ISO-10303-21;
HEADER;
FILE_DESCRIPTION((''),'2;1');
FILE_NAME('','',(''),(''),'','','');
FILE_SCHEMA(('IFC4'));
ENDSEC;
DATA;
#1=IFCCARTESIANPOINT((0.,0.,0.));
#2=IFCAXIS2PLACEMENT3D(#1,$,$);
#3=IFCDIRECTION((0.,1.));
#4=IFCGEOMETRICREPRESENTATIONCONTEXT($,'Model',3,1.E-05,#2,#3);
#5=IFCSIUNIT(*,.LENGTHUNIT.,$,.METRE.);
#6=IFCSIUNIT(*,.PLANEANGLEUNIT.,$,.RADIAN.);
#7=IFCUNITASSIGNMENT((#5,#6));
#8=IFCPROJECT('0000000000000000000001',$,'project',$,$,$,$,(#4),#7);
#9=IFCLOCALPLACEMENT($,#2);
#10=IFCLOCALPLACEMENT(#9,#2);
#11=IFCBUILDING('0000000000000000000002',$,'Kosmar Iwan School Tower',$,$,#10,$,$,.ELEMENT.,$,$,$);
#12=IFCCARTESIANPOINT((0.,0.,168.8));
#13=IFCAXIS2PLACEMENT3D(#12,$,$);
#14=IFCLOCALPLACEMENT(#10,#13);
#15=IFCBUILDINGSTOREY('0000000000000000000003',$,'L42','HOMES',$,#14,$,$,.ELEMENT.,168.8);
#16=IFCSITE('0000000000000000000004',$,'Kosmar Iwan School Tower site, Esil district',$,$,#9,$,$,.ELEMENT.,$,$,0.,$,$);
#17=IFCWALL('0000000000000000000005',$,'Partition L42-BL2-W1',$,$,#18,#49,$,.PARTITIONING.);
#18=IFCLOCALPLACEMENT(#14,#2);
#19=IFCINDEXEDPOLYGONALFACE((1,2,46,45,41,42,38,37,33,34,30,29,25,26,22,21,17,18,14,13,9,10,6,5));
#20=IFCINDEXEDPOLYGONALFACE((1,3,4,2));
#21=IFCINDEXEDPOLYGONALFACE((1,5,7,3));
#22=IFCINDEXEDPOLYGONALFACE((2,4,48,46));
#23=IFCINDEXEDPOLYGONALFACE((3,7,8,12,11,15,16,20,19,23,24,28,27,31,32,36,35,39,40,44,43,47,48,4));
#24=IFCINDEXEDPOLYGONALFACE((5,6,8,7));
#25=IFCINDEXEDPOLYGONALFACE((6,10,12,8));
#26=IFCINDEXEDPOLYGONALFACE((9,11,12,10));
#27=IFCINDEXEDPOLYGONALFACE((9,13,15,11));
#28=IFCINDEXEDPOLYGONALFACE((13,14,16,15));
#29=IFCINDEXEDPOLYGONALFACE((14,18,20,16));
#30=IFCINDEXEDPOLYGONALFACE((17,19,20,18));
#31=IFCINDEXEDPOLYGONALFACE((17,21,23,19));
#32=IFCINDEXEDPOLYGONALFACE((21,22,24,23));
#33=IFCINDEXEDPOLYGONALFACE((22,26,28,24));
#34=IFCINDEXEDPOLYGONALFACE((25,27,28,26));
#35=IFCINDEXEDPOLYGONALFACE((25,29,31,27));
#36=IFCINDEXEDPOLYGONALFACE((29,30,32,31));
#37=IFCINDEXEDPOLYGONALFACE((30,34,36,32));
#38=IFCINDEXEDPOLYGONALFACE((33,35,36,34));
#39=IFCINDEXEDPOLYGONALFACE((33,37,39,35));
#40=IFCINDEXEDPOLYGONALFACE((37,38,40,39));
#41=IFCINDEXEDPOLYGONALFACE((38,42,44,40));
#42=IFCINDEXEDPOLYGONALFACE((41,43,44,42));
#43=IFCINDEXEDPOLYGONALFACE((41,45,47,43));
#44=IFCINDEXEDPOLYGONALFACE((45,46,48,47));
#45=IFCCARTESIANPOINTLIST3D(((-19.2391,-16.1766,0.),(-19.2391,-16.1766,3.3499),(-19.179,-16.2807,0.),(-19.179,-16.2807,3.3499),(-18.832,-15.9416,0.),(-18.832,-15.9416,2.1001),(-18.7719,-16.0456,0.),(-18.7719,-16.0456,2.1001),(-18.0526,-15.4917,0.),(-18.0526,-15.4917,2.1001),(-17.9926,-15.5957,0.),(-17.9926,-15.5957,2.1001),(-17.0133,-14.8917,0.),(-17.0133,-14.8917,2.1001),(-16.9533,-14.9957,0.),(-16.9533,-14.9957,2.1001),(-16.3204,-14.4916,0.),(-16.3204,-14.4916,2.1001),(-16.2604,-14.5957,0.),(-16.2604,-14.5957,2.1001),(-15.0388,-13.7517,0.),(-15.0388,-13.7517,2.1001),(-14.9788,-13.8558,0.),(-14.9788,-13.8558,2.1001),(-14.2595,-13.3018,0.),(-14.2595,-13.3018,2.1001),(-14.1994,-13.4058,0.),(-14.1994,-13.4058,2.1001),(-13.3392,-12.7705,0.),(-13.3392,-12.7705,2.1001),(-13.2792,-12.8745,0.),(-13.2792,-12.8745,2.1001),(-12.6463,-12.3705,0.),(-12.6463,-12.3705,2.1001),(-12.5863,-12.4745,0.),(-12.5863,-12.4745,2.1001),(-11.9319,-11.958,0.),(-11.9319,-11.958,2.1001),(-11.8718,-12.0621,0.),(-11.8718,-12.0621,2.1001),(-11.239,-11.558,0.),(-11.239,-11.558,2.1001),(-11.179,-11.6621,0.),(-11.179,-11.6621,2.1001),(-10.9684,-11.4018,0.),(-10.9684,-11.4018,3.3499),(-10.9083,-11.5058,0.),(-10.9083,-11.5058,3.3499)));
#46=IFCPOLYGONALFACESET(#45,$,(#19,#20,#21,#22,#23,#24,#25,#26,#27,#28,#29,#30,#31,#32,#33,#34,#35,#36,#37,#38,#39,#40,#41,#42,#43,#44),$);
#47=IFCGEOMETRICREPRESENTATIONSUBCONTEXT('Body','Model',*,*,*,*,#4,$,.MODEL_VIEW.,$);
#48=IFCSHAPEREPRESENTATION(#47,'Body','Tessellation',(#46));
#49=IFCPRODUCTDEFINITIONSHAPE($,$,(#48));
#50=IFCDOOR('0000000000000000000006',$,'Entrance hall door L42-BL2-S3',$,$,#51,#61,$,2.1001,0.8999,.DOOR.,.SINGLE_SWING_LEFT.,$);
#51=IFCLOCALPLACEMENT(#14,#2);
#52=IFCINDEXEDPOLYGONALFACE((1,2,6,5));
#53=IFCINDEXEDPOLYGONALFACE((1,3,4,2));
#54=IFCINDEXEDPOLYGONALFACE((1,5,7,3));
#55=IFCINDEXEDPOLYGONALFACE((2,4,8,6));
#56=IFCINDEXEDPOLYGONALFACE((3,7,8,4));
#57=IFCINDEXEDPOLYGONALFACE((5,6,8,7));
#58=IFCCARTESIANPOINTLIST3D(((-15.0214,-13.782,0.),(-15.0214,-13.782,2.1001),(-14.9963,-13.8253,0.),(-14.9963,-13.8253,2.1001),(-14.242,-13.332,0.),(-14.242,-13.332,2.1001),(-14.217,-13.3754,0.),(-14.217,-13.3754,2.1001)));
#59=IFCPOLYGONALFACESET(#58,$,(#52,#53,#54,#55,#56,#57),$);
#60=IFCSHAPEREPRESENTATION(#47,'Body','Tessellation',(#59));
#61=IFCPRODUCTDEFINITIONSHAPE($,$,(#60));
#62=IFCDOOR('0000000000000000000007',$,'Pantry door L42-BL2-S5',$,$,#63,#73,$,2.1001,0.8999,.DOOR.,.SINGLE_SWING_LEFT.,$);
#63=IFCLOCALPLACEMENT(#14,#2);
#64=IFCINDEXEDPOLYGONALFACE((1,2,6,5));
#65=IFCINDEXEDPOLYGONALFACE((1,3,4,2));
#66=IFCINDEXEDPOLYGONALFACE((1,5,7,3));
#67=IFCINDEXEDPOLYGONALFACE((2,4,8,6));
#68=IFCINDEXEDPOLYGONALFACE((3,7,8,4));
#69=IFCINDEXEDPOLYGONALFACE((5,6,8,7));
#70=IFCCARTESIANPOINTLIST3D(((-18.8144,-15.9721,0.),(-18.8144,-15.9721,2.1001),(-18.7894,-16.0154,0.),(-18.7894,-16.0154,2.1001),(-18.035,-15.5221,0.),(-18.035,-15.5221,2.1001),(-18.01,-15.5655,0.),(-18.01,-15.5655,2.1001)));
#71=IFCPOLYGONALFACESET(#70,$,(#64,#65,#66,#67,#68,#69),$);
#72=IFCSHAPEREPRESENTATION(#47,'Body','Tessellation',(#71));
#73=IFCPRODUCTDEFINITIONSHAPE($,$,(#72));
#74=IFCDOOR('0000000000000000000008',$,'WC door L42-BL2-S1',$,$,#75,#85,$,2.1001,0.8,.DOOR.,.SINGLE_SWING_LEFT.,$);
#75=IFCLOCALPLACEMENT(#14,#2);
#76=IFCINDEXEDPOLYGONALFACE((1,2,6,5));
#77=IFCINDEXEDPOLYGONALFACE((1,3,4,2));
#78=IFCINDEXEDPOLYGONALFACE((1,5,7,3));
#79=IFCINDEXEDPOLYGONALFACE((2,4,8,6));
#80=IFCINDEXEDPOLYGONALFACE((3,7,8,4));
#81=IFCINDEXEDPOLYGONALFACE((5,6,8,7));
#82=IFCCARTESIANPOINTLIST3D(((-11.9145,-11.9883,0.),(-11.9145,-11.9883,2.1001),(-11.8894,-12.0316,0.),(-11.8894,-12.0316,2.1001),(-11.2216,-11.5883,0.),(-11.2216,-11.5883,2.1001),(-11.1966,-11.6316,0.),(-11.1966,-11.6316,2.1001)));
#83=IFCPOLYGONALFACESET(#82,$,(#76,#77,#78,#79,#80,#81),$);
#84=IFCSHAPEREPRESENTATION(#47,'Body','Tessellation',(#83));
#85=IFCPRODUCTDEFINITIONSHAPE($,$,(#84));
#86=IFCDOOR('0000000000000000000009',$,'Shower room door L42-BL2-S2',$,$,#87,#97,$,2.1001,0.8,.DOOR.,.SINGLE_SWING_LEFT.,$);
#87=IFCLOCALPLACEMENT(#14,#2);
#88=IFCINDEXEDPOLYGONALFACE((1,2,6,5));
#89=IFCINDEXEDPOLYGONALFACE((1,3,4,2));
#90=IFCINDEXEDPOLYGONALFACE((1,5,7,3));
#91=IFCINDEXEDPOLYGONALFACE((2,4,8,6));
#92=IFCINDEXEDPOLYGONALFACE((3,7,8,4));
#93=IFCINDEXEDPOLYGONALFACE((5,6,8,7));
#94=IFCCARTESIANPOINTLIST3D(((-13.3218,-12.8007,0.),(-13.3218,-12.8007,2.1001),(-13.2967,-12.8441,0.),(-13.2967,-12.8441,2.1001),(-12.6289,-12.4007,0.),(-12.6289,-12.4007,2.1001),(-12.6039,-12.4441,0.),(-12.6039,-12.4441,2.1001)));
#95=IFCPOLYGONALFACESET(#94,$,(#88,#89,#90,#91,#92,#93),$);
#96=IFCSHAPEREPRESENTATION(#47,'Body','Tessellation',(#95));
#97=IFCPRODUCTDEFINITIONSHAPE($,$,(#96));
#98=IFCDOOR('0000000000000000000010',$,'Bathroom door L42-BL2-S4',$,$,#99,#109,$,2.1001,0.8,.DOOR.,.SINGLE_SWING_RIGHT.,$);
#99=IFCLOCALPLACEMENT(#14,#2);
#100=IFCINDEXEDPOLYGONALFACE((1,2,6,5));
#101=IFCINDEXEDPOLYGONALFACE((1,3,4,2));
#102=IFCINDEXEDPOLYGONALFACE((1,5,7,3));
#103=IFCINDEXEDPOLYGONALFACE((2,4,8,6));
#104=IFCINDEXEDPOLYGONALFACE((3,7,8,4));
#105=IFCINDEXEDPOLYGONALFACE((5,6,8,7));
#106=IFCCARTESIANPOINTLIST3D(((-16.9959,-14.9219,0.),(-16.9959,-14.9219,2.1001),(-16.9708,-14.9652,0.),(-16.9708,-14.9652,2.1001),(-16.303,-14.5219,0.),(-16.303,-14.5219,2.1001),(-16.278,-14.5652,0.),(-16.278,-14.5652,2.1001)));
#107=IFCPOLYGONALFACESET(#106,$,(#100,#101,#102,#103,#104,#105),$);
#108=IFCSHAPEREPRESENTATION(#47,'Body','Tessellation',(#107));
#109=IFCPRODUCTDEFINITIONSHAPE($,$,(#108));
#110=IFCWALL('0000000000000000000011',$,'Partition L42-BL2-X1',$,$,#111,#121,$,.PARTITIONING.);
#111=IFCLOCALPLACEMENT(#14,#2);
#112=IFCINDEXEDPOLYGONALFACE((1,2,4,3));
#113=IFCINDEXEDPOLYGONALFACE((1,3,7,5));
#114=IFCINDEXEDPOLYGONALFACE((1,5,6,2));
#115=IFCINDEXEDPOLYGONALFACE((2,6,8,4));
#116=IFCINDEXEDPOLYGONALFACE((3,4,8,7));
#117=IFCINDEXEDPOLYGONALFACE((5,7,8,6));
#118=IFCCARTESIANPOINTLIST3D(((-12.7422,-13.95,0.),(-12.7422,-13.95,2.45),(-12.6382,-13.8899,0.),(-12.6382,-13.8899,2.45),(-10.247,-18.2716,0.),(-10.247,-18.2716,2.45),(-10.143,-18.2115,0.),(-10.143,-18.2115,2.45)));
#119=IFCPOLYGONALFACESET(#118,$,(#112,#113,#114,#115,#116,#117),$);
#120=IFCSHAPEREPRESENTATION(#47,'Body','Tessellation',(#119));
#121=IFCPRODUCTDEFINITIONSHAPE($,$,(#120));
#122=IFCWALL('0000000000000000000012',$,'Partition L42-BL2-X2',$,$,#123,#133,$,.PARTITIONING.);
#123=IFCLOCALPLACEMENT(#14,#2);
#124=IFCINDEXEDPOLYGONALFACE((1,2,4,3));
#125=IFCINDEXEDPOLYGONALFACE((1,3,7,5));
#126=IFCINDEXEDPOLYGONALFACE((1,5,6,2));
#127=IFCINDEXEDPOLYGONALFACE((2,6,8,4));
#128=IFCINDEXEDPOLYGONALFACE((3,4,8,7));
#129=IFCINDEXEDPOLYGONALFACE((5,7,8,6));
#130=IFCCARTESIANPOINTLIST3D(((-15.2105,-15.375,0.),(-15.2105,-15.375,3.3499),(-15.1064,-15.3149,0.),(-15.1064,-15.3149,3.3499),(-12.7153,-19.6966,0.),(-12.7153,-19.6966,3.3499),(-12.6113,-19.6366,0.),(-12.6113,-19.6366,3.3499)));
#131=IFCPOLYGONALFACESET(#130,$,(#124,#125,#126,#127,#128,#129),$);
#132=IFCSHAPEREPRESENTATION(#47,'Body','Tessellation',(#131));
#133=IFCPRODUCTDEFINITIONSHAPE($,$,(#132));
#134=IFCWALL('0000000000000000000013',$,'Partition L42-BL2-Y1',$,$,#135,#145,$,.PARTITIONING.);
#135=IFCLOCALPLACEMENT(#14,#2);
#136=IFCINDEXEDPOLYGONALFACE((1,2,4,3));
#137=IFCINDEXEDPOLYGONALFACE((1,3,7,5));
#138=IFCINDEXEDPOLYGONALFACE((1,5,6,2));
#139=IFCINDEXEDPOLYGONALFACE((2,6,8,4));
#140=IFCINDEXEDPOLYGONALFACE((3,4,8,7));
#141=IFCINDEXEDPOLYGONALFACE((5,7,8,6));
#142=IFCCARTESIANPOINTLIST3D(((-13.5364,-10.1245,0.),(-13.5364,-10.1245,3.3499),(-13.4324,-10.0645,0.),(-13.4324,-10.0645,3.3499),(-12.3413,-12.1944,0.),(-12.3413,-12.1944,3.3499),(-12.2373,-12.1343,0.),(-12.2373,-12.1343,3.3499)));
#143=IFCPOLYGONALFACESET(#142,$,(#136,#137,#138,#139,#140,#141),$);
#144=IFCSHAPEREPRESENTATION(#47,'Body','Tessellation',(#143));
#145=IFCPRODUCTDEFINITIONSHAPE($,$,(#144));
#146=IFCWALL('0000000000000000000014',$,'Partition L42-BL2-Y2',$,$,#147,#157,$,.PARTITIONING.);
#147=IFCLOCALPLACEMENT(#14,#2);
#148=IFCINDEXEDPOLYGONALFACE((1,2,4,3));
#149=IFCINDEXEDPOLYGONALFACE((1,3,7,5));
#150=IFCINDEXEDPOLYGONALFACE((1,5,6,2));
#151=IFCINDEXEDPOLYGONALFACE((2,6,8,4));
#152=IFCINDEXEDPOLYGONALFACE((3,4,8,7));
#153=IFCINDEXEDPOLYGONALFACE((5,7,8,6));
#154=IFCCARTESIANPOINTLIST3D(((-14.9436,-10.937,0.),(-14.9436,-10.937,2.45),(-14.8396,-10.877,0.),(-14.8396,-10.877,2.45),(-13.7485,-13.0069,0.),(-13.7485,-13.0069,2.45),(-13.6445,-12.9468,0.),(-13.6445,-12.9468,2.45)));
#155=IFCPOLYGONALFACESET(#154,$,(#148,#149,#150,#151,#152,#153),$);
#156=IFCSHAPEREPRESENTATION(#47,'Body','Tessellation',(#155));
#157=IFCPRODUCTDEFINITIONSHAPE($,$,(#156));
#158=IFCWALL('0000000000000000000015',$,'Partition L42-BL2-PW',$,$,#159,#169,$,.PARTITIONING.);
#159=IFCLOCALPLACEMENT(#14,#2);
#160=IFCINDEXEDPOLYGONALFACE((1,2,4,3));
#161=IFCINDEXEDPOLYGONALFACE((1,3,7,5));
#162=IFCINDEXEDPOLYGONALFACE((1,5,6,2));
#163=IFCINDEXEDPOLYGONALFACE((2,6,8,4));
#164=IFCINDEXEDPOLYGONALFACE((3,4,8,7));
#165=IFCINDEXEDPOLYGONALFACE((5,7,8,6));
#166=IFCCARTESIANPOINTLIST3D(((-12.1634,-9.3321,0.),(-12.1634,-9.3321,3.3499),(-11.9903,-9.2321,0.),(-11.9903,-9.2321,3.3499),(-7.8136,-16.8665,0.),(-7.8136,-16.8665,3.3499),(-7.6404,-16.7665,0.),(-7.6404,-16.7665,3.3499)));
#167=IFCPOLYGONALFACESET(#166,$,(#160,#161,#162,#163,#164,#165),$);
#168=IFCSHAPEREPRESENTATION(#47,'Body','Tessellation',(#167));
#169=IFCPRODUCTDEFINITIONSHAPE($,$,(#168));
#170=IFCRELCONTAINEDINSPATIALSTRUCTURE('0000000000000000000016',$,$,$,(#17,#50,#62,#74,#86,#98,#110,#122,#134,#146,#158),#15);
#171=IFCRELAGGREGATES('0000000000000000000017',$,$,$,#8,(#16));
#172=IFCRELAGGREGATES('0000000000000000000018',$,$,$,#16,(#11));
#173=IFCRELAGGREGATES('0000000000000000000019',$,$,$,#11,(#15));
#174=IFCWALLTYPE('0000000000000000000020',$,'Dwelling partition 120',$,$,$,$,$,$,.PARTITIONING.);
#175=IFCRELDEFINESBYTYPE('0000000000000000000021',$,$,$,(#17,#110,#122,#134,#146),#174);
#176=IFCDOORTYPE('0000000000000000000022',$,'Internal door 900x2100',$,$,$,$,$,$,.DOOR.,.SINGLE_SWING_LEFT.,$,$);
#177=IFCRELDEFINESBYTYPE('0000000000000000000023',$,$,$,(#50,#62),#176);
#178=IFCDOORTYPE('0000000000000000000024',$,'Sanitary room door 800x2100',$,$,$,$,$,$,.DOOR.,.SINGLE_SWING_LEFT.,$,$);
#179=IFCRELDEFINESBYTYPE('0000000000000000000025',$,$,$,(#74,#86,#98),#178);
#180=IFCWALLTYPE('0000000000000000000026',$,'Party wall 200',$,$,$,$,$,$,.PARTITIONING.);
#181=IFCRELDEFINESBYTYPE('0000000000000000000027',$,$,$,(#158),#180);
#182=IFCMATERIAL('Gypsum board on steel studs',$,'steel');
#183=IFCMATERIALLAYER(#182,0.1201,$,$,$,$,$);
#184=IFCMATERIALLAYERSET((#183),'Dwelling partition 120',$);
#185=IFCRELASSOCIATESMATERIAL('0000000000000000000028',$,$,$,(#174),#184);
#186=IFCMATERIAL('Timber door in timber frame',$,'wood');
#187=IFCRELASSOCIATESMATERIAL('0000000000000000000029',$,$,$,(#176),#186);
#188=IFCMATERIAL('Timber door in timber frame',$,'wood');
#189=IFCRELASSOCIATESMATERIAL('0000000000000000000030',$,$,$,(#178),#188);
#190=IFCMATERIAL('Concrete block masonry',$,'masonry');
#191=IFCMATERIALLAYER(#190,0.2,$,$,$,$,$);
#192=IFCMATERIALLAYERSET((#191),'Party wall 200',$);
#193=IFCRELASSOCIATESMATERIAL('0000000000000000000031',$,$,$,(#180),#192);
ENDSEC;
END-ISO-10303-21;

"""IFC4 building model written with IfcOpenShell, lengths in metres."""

from ifc_helpers import new_model, si_unit, direction, frame, frame_2d, origin, place, context, subcontext, project, spatial, rectangle, extrude, material, layer, layer_set, type_object, element, fill, save


model = new_model("IFC4")

# Units and contexts
model_context = context("Model", 3, precision=1e-05, world=origin(), true_north=direction((0.0, 1.0)))
body_context = subcontext(model_context, "Body", "Model", "MODEL_VIEW")
ifc_project = project(units=[si_unit("LENGTHUNIT", "METRE"), si_unit("PLANEANGLEUNIT", "RADIAN")], contexts=[model_context])

# Site, building, storey
site_placement = place(None, origin())
site = spatial("IfcSite", under=ifc_project, at=site_placement, Name="Kosmar Iwan School Tower site, Esil district", CompositionType="ELEMENT", RefElevation=0.0)
building_placement = place(site_placement, origin())
building = spatial("IfcBuilding", under=site, at=building_placement, Name="Kosmar Iwan School Tower", CompositionType="ELEMENT")
storey_placement = place(building_placement, frame((0.0, 0.0, 168.8)))
storey = spatial("IfcBuildingStorey", under=building, at=storey_placement, Name="L42", Description="HOMES", CompositionType="ELEMENT", Elevation=168.8)

# Wall, openings, doors
ifc_material_1 = material(Name="Gypsum board on steel studs", Category="steel")
ifc_layer_1 = layer(ifc_material_1, 0.1201)
ifc_layer_set_1 = layer_set([ifc_layer_1], Name="Dwelling partition 120")
wall_type_1 = type_object("IfcWallType", Name="Dwelling partition 120", PredefinedType="PARTITIONING", material=ifc_layer_set_1)
wall_1_placement = place(storey_placement, frame((-10.9385, -11.4539, 0.0), z_axis=(0.0, 0.0, 1.0), x_axis=(-0.866035, -0.499983, 0.0)))
wall_1 = element("IfcWall", 1, at=wall_1_placement, inside=storey, type_object=wall_type_1, Name="Partition L42-BL2-W1", PredefinedType="PARTITIONING", context=body_context, shape_type="SweptSolid", body=[
    extrude(rectangle(XDim=9.55, YDim=0.1201, at=frame_2d((4.7749, 0.0))), origin(), (0.0, 0.0, 1.0), 3.3499),
])
opening_1_placement = place(wall_1_placement, frame((0.3125, 0.0, 0.0)))
opening_1 = element("IfcOpeningElement", 2, at=opening_1_placement, cuts=wall_1, PredefinedType="OPENING", context=body_context, shape_type="SweptSolid", body=[
    extrude(rectangle(XDim=0.8, YDim=2.1001, at=frame_2d((0.3999, 1.05))), frame((0.0, 0.072, 0.0), z_axis=(0.0, -1.0, 0.0), x_axis=(1.0, 0.0, 0.0)), (0.0, 0.0, 1.0), 0.144),
])
opening_2_placement = place(wall_1_placement, frame((1.9375, 0.0, 0.0)))
opening_2 = element("IfcOpeningElement", 3, at=opening_2_placement, cuts=wall_1, PredefinedType="OPENING", context=body_context, shape_type="SweptSolid", body=[
    extrude(rectangle(XDim=0.8, YDim=2.1001, at=frame_2d((0.3999, 1.05))), frame((0.0, 0.072, 0.0), z_axis=(0.0, -1.0, 0.0), x_axis=(1.0, 0.0, 0.0)), (0.0, 0.0, 1.0), 0.144),
])
opening_3_placement = place(wall_1_placement, frame((3.8, 0.0, 0.0)))
opening_3 = element("IfcOpeningElement", 4, at=opening_3_placement, cuts=wall_1, PredefinedType="OPENING", context=body_context, shape_type="SweptSolid", body=[
    extrude(rectangle(XDim=0.8999, YDim=2.1001, at=frame_2d((0.45, 1.05))), frame((0.0, 0.072, 0.0), z_axis=(0.0, -1.0, 0.0), x_axis=(1.0, 0.0, 0.0)), (0.0, 0.0, 1.0), 0.144),
])
opening_4_placement = place(wall_1_placement, frame((6.1799, 0.0, 0.0)))
opening_4 = element("IfcOpeningElement", 5, at=opening_4_placement, cuts=wall_1, PredefinedType="OPENING", context=body_context, shape_type="SweptSolid", body=[
    extrude(rectangle(XDim=0.8, YDim=2.1001, at=frame_2d((0.3999, 1.05))), frame((0.0, 0.072, 0.0), z_axis=(0.0, -1.0, 0.0), x_axis=(1.0, 0.0, 0.0)), (0.0, 0.0, 1.0), 0.144),
])
opening_5_placement = place(wall_1_placement, frame((8.1799, 0.0, 0.0)))
opening_5 = element("IfcOpeningElement", 6, at=opening_5_placement, cuts=wall_1, PredefinedType="OPENING", context=body_context, shape_type="SweptSolid", body=[
    extrude(rectangle(XDim=0.8999, YDim=2.1001, at=frame_2d((0.45, 1.05))), frame((0.0, 0.072, 0.0), z_axis=(0.0, -1.0, 0.0), x_axis=(1.0, 0.0, 0.0)), (0.0, 0.0, 1.0), 0.144),
])
ifc_material_2 = material(Name="Timber door in timber frame", Category="wood")
door_type_1 = type_object("IfcDoorType", Name="Internal door 900x2100", OperationType="SINGLE_SWING_LEFT", PredefinedType="DOOR", material=ifc_material_2)
door_1_placement = place(opening_3_placement, origin())
door_1 = element("IfcDoor", 7, at=door_1_placement, inside=storey, type_object=door_type_1, Name="Entrance hall door L42-BL2-S3", OperationType="SINGLE_SWING_LEFT", OverallHeight=2.1001, OverallWidth=0.8999, PredefinedType="DOOR", context=body_context, shape_type="SweptSolid", body=[
    extrude(rectangle(XDim=0.8999, YDim=2.1001, at=frame_2d((0.45, 1.05))), frame((0.0, 0.0249, 0.0), z_axis=(0.0, -1.0, 0.0), x_axis=(1.0, 0.0, 0.0)), (0.0, 0.0, 1.0), 0.05),
])
fill(opening_3, door_1)
door_2_placement = place(opening_5_placement, frame((0.8999, 0.0, 0.0), z_axis=(0.0, 0.0, 1.0), x_axis=(-1.0, 0.0, 0.0)))
door_2 = element("IfcDoor", 8, at=door_2_placement, inside=storey, type_object=door_type_1, Name="Pantry door L42-BL2-S5", OperationType="SINGLE_SWING_LEFT", OverallHeight=2.1001, OverallWidth=0.8999, PredefinedType="DOOR", context=body_context, shape_type="SweptSolid", body=[
    extrude(rectangle(XDim=0.8999, YDim=2.1001, at=frame_2d((0.45, 1.05))), frame((0.0, 0.0249, 0.0), z_axis=(0.0, -1.0, 0.0), x_axis=(1.0, 0.0, 0.0)), (0.0, 0.0, 1.0), 0.05),
])
fill(opening_5, door_2)
ifc_material_3 = material(Name="Timber door in timber frame", Category="wood")
door_type_2 = type_object("IfcDoorType", Name="Sanitary room door 800x2100", OperationType="SINGLE_SWING_LEFT", PredefinedType="DOOR", material=ifc_material_3)
door_3_placement = place(opening_1_placement, origin())
door_3 = element("IfcDoor", 9, at=door_3_placement, inside=storey, type_object=door_type_2, Name="WC door L42-BL2-S1", OperationType="SINGLE_SWING_LEFT", OverallHeight=2.1001, OverallWidth=0.8, PredefinedType="DOOR", context=body_context, shape_type="SweptSolid", body=[
    extrude(rectangle(XDim=0.8, YDim=2.1001, at=frame_2d((0.3999, 1.05))), frame((0.0, 0.0249, 0.0), z_axis=(0.0, -1.0, 0.0), x_axis=(1.0, 0.0, 0.0)), (0.0, 0.0, 1.0), 0.05),
])
fill(opening_1, door_3)
door_4_placement = place(opening_2_placement, origin())
door_4 = element("IfcDoor", 10, at=door_4_placement, inside=storey, type_object=door_type_2, Name="Shower room door L42-BL2-S2", OperationType="SINGLE_SWING_LEFT", OverallHeight=2.1001, OverallWidth=0.8, PredefinedType="DOOR", context=body_context, shape_type="SweptSolid", body=[
    extrude(rectangle(XDim=0.8, YDim=2.1001, at=frame_2d((0.3999, 1.05))), frame((0.0, 0.0249, 0.0), z_axis=(0.0, -1.0, 0.0), x_axis=(1.0, 0.0, 0.0)), (0.0, 0.0, 1.0), 0.05),
])
fill(opening_2, door_4)
door_5_placement = place(opening_4_placement, origin())
door_5 = element("IfcDoor", 11, at=door_5_placement, inside=storey, type_object=door_type_2, Name="Bathroom door L42-BL2-S4", OperationType="SINGLE_SWING_RIGHT", OverallHeight=2.1001, OverallWidth=0.8, PredefinedType="DOOR", context=body_context, shape_type="SweptSolid", body=[
    extrude(rectangle(XDim=0.8, YDim=2.1001, at=frame_2d((0.3999, 1.05))), frame((0.0, 0.0249, 0.0), z_axis=(0.0, -1.0, 0.0), x_axis=(1.0, 0.0, 0.0)), (0.0, 0.0, 1.0), 0.05),
])
fill(opening_4, door_5)

# Walls
wall_2_placement = place(storey_placement, frame((-12.6902, -13.9199, 0.0), z_axis=(0.0, 0.0, 1.0), x_axis=(0.500012, -0.866019, 0.0)))
element("IfcWall", 12, at=wall_2_placement, inside=storey, type_object=wall_type_1, Name="Partition L42-BL2-X1", PredefinedType="PARTITIONING", context=body_context, shape_type="SweptSolid", body=[
    extrude(rectangle(XDim=4.9902, YDim=0.1201, at=frame_2d((2.4951, 0.0))), origin(), (0.0, 0.0, 1.0), 2.45),
])
wall_3_placement = place(storey_placement, frame((-15.1584, -15.345, 0.0), z_axis=(0.0, 0.0, 1.0), x_axis=(0.500012, -0.866019, 0.0)))
element("IfcWall", 13, at=wall_3_placement, inside=storey, type_object=wall_type_1, Name="Partition L42-BL2-X2", PredefinedType="PARTITIONING", context=body_context, shape_type="SweptSolid", body=[
    extrude(rectangle(XDim=4.9902, YDim=0.1201, at=frame_2d((2.4951, 0.0))), origin(), (0.0, 0.0, 1.0), 3.3499),
])
wall_4_placement = place(storey_placement, frame((-13.4844, -10.0945, 0.0), z_axis=(0.0, 0.0, 1.0), x_axis=(0.500017, -0.866015, 0.0)))
element("IfcWall", 14, at=wall_4_placement, inside=storey, type_object=wall_type_1, Name="Partition L42-BL2-Y1", PredefinedType="PARTITIONING", context=body_context, shape_type="SweptSolid", body=[
    extrude(rectangle(XDim=2.3901, YDim=0.1201, at=frame_2d((1.1951, 0.0))), origin(), (0.0, 0.0, 1.0), 3.3499),
])
wall_5_placement = place(storey_placement, frame((-14.8916, -10.907, 0.0), z_axis=(0.0, 0.0, 1.0), x_axis=(0.500017, -0.866015, 0.0)))
element("IfcWall", 15, at=wall_5_placement, inside=storey, type_object=wall_type_1, Name="Partition L42-BL2-Y2", PredefinedType="PARTITIONING", context=body_context, shape_type="SweptSolid", body=[
    extrude(rectangle(XDim=2.3901, YDim=0.1201, at=frame_2d((1.1951, 0.0))), origin(), (0.0, 0.0, 1.0), 2.45),
])
ifc_material_4 = material(Name="Concrete block masonry", Category="masonry")
ifc_layer_2 = layer(ifc_material_4, 0.2)
ifc_layer_set_2 = layer_set([ifc_layer_2], Name="Party wall 200")
wall_type_2 = type_object("IfcWallType", Name="Party wall 200", PredefinedType="PARTITIONING", material=ifc_layer_set_2)
wall_6_placement = place(storey_placement, frame((-12.0769, -9.282, 0.0), z_axis=(0.0, 0.0, 1.0), x_axis=(0.499987, -0.866033, 0.0)))
element("IfcWall", 16, at=wall_6_placement, inside=storey, type_object=wall_type_2, Name="Partition L42-BL2-PW", PredefinedType="PARTITIONING", context=body_context, shape_type="SweptSolid", body=[
    extrude(rectangle(XDim=8.7, YDim=0.2, at=frame_2d((4.3501, 0.0))), origin(), (0.0, 0.0, 1.0), 3.3499),
])

save(model, "model.ifc")
